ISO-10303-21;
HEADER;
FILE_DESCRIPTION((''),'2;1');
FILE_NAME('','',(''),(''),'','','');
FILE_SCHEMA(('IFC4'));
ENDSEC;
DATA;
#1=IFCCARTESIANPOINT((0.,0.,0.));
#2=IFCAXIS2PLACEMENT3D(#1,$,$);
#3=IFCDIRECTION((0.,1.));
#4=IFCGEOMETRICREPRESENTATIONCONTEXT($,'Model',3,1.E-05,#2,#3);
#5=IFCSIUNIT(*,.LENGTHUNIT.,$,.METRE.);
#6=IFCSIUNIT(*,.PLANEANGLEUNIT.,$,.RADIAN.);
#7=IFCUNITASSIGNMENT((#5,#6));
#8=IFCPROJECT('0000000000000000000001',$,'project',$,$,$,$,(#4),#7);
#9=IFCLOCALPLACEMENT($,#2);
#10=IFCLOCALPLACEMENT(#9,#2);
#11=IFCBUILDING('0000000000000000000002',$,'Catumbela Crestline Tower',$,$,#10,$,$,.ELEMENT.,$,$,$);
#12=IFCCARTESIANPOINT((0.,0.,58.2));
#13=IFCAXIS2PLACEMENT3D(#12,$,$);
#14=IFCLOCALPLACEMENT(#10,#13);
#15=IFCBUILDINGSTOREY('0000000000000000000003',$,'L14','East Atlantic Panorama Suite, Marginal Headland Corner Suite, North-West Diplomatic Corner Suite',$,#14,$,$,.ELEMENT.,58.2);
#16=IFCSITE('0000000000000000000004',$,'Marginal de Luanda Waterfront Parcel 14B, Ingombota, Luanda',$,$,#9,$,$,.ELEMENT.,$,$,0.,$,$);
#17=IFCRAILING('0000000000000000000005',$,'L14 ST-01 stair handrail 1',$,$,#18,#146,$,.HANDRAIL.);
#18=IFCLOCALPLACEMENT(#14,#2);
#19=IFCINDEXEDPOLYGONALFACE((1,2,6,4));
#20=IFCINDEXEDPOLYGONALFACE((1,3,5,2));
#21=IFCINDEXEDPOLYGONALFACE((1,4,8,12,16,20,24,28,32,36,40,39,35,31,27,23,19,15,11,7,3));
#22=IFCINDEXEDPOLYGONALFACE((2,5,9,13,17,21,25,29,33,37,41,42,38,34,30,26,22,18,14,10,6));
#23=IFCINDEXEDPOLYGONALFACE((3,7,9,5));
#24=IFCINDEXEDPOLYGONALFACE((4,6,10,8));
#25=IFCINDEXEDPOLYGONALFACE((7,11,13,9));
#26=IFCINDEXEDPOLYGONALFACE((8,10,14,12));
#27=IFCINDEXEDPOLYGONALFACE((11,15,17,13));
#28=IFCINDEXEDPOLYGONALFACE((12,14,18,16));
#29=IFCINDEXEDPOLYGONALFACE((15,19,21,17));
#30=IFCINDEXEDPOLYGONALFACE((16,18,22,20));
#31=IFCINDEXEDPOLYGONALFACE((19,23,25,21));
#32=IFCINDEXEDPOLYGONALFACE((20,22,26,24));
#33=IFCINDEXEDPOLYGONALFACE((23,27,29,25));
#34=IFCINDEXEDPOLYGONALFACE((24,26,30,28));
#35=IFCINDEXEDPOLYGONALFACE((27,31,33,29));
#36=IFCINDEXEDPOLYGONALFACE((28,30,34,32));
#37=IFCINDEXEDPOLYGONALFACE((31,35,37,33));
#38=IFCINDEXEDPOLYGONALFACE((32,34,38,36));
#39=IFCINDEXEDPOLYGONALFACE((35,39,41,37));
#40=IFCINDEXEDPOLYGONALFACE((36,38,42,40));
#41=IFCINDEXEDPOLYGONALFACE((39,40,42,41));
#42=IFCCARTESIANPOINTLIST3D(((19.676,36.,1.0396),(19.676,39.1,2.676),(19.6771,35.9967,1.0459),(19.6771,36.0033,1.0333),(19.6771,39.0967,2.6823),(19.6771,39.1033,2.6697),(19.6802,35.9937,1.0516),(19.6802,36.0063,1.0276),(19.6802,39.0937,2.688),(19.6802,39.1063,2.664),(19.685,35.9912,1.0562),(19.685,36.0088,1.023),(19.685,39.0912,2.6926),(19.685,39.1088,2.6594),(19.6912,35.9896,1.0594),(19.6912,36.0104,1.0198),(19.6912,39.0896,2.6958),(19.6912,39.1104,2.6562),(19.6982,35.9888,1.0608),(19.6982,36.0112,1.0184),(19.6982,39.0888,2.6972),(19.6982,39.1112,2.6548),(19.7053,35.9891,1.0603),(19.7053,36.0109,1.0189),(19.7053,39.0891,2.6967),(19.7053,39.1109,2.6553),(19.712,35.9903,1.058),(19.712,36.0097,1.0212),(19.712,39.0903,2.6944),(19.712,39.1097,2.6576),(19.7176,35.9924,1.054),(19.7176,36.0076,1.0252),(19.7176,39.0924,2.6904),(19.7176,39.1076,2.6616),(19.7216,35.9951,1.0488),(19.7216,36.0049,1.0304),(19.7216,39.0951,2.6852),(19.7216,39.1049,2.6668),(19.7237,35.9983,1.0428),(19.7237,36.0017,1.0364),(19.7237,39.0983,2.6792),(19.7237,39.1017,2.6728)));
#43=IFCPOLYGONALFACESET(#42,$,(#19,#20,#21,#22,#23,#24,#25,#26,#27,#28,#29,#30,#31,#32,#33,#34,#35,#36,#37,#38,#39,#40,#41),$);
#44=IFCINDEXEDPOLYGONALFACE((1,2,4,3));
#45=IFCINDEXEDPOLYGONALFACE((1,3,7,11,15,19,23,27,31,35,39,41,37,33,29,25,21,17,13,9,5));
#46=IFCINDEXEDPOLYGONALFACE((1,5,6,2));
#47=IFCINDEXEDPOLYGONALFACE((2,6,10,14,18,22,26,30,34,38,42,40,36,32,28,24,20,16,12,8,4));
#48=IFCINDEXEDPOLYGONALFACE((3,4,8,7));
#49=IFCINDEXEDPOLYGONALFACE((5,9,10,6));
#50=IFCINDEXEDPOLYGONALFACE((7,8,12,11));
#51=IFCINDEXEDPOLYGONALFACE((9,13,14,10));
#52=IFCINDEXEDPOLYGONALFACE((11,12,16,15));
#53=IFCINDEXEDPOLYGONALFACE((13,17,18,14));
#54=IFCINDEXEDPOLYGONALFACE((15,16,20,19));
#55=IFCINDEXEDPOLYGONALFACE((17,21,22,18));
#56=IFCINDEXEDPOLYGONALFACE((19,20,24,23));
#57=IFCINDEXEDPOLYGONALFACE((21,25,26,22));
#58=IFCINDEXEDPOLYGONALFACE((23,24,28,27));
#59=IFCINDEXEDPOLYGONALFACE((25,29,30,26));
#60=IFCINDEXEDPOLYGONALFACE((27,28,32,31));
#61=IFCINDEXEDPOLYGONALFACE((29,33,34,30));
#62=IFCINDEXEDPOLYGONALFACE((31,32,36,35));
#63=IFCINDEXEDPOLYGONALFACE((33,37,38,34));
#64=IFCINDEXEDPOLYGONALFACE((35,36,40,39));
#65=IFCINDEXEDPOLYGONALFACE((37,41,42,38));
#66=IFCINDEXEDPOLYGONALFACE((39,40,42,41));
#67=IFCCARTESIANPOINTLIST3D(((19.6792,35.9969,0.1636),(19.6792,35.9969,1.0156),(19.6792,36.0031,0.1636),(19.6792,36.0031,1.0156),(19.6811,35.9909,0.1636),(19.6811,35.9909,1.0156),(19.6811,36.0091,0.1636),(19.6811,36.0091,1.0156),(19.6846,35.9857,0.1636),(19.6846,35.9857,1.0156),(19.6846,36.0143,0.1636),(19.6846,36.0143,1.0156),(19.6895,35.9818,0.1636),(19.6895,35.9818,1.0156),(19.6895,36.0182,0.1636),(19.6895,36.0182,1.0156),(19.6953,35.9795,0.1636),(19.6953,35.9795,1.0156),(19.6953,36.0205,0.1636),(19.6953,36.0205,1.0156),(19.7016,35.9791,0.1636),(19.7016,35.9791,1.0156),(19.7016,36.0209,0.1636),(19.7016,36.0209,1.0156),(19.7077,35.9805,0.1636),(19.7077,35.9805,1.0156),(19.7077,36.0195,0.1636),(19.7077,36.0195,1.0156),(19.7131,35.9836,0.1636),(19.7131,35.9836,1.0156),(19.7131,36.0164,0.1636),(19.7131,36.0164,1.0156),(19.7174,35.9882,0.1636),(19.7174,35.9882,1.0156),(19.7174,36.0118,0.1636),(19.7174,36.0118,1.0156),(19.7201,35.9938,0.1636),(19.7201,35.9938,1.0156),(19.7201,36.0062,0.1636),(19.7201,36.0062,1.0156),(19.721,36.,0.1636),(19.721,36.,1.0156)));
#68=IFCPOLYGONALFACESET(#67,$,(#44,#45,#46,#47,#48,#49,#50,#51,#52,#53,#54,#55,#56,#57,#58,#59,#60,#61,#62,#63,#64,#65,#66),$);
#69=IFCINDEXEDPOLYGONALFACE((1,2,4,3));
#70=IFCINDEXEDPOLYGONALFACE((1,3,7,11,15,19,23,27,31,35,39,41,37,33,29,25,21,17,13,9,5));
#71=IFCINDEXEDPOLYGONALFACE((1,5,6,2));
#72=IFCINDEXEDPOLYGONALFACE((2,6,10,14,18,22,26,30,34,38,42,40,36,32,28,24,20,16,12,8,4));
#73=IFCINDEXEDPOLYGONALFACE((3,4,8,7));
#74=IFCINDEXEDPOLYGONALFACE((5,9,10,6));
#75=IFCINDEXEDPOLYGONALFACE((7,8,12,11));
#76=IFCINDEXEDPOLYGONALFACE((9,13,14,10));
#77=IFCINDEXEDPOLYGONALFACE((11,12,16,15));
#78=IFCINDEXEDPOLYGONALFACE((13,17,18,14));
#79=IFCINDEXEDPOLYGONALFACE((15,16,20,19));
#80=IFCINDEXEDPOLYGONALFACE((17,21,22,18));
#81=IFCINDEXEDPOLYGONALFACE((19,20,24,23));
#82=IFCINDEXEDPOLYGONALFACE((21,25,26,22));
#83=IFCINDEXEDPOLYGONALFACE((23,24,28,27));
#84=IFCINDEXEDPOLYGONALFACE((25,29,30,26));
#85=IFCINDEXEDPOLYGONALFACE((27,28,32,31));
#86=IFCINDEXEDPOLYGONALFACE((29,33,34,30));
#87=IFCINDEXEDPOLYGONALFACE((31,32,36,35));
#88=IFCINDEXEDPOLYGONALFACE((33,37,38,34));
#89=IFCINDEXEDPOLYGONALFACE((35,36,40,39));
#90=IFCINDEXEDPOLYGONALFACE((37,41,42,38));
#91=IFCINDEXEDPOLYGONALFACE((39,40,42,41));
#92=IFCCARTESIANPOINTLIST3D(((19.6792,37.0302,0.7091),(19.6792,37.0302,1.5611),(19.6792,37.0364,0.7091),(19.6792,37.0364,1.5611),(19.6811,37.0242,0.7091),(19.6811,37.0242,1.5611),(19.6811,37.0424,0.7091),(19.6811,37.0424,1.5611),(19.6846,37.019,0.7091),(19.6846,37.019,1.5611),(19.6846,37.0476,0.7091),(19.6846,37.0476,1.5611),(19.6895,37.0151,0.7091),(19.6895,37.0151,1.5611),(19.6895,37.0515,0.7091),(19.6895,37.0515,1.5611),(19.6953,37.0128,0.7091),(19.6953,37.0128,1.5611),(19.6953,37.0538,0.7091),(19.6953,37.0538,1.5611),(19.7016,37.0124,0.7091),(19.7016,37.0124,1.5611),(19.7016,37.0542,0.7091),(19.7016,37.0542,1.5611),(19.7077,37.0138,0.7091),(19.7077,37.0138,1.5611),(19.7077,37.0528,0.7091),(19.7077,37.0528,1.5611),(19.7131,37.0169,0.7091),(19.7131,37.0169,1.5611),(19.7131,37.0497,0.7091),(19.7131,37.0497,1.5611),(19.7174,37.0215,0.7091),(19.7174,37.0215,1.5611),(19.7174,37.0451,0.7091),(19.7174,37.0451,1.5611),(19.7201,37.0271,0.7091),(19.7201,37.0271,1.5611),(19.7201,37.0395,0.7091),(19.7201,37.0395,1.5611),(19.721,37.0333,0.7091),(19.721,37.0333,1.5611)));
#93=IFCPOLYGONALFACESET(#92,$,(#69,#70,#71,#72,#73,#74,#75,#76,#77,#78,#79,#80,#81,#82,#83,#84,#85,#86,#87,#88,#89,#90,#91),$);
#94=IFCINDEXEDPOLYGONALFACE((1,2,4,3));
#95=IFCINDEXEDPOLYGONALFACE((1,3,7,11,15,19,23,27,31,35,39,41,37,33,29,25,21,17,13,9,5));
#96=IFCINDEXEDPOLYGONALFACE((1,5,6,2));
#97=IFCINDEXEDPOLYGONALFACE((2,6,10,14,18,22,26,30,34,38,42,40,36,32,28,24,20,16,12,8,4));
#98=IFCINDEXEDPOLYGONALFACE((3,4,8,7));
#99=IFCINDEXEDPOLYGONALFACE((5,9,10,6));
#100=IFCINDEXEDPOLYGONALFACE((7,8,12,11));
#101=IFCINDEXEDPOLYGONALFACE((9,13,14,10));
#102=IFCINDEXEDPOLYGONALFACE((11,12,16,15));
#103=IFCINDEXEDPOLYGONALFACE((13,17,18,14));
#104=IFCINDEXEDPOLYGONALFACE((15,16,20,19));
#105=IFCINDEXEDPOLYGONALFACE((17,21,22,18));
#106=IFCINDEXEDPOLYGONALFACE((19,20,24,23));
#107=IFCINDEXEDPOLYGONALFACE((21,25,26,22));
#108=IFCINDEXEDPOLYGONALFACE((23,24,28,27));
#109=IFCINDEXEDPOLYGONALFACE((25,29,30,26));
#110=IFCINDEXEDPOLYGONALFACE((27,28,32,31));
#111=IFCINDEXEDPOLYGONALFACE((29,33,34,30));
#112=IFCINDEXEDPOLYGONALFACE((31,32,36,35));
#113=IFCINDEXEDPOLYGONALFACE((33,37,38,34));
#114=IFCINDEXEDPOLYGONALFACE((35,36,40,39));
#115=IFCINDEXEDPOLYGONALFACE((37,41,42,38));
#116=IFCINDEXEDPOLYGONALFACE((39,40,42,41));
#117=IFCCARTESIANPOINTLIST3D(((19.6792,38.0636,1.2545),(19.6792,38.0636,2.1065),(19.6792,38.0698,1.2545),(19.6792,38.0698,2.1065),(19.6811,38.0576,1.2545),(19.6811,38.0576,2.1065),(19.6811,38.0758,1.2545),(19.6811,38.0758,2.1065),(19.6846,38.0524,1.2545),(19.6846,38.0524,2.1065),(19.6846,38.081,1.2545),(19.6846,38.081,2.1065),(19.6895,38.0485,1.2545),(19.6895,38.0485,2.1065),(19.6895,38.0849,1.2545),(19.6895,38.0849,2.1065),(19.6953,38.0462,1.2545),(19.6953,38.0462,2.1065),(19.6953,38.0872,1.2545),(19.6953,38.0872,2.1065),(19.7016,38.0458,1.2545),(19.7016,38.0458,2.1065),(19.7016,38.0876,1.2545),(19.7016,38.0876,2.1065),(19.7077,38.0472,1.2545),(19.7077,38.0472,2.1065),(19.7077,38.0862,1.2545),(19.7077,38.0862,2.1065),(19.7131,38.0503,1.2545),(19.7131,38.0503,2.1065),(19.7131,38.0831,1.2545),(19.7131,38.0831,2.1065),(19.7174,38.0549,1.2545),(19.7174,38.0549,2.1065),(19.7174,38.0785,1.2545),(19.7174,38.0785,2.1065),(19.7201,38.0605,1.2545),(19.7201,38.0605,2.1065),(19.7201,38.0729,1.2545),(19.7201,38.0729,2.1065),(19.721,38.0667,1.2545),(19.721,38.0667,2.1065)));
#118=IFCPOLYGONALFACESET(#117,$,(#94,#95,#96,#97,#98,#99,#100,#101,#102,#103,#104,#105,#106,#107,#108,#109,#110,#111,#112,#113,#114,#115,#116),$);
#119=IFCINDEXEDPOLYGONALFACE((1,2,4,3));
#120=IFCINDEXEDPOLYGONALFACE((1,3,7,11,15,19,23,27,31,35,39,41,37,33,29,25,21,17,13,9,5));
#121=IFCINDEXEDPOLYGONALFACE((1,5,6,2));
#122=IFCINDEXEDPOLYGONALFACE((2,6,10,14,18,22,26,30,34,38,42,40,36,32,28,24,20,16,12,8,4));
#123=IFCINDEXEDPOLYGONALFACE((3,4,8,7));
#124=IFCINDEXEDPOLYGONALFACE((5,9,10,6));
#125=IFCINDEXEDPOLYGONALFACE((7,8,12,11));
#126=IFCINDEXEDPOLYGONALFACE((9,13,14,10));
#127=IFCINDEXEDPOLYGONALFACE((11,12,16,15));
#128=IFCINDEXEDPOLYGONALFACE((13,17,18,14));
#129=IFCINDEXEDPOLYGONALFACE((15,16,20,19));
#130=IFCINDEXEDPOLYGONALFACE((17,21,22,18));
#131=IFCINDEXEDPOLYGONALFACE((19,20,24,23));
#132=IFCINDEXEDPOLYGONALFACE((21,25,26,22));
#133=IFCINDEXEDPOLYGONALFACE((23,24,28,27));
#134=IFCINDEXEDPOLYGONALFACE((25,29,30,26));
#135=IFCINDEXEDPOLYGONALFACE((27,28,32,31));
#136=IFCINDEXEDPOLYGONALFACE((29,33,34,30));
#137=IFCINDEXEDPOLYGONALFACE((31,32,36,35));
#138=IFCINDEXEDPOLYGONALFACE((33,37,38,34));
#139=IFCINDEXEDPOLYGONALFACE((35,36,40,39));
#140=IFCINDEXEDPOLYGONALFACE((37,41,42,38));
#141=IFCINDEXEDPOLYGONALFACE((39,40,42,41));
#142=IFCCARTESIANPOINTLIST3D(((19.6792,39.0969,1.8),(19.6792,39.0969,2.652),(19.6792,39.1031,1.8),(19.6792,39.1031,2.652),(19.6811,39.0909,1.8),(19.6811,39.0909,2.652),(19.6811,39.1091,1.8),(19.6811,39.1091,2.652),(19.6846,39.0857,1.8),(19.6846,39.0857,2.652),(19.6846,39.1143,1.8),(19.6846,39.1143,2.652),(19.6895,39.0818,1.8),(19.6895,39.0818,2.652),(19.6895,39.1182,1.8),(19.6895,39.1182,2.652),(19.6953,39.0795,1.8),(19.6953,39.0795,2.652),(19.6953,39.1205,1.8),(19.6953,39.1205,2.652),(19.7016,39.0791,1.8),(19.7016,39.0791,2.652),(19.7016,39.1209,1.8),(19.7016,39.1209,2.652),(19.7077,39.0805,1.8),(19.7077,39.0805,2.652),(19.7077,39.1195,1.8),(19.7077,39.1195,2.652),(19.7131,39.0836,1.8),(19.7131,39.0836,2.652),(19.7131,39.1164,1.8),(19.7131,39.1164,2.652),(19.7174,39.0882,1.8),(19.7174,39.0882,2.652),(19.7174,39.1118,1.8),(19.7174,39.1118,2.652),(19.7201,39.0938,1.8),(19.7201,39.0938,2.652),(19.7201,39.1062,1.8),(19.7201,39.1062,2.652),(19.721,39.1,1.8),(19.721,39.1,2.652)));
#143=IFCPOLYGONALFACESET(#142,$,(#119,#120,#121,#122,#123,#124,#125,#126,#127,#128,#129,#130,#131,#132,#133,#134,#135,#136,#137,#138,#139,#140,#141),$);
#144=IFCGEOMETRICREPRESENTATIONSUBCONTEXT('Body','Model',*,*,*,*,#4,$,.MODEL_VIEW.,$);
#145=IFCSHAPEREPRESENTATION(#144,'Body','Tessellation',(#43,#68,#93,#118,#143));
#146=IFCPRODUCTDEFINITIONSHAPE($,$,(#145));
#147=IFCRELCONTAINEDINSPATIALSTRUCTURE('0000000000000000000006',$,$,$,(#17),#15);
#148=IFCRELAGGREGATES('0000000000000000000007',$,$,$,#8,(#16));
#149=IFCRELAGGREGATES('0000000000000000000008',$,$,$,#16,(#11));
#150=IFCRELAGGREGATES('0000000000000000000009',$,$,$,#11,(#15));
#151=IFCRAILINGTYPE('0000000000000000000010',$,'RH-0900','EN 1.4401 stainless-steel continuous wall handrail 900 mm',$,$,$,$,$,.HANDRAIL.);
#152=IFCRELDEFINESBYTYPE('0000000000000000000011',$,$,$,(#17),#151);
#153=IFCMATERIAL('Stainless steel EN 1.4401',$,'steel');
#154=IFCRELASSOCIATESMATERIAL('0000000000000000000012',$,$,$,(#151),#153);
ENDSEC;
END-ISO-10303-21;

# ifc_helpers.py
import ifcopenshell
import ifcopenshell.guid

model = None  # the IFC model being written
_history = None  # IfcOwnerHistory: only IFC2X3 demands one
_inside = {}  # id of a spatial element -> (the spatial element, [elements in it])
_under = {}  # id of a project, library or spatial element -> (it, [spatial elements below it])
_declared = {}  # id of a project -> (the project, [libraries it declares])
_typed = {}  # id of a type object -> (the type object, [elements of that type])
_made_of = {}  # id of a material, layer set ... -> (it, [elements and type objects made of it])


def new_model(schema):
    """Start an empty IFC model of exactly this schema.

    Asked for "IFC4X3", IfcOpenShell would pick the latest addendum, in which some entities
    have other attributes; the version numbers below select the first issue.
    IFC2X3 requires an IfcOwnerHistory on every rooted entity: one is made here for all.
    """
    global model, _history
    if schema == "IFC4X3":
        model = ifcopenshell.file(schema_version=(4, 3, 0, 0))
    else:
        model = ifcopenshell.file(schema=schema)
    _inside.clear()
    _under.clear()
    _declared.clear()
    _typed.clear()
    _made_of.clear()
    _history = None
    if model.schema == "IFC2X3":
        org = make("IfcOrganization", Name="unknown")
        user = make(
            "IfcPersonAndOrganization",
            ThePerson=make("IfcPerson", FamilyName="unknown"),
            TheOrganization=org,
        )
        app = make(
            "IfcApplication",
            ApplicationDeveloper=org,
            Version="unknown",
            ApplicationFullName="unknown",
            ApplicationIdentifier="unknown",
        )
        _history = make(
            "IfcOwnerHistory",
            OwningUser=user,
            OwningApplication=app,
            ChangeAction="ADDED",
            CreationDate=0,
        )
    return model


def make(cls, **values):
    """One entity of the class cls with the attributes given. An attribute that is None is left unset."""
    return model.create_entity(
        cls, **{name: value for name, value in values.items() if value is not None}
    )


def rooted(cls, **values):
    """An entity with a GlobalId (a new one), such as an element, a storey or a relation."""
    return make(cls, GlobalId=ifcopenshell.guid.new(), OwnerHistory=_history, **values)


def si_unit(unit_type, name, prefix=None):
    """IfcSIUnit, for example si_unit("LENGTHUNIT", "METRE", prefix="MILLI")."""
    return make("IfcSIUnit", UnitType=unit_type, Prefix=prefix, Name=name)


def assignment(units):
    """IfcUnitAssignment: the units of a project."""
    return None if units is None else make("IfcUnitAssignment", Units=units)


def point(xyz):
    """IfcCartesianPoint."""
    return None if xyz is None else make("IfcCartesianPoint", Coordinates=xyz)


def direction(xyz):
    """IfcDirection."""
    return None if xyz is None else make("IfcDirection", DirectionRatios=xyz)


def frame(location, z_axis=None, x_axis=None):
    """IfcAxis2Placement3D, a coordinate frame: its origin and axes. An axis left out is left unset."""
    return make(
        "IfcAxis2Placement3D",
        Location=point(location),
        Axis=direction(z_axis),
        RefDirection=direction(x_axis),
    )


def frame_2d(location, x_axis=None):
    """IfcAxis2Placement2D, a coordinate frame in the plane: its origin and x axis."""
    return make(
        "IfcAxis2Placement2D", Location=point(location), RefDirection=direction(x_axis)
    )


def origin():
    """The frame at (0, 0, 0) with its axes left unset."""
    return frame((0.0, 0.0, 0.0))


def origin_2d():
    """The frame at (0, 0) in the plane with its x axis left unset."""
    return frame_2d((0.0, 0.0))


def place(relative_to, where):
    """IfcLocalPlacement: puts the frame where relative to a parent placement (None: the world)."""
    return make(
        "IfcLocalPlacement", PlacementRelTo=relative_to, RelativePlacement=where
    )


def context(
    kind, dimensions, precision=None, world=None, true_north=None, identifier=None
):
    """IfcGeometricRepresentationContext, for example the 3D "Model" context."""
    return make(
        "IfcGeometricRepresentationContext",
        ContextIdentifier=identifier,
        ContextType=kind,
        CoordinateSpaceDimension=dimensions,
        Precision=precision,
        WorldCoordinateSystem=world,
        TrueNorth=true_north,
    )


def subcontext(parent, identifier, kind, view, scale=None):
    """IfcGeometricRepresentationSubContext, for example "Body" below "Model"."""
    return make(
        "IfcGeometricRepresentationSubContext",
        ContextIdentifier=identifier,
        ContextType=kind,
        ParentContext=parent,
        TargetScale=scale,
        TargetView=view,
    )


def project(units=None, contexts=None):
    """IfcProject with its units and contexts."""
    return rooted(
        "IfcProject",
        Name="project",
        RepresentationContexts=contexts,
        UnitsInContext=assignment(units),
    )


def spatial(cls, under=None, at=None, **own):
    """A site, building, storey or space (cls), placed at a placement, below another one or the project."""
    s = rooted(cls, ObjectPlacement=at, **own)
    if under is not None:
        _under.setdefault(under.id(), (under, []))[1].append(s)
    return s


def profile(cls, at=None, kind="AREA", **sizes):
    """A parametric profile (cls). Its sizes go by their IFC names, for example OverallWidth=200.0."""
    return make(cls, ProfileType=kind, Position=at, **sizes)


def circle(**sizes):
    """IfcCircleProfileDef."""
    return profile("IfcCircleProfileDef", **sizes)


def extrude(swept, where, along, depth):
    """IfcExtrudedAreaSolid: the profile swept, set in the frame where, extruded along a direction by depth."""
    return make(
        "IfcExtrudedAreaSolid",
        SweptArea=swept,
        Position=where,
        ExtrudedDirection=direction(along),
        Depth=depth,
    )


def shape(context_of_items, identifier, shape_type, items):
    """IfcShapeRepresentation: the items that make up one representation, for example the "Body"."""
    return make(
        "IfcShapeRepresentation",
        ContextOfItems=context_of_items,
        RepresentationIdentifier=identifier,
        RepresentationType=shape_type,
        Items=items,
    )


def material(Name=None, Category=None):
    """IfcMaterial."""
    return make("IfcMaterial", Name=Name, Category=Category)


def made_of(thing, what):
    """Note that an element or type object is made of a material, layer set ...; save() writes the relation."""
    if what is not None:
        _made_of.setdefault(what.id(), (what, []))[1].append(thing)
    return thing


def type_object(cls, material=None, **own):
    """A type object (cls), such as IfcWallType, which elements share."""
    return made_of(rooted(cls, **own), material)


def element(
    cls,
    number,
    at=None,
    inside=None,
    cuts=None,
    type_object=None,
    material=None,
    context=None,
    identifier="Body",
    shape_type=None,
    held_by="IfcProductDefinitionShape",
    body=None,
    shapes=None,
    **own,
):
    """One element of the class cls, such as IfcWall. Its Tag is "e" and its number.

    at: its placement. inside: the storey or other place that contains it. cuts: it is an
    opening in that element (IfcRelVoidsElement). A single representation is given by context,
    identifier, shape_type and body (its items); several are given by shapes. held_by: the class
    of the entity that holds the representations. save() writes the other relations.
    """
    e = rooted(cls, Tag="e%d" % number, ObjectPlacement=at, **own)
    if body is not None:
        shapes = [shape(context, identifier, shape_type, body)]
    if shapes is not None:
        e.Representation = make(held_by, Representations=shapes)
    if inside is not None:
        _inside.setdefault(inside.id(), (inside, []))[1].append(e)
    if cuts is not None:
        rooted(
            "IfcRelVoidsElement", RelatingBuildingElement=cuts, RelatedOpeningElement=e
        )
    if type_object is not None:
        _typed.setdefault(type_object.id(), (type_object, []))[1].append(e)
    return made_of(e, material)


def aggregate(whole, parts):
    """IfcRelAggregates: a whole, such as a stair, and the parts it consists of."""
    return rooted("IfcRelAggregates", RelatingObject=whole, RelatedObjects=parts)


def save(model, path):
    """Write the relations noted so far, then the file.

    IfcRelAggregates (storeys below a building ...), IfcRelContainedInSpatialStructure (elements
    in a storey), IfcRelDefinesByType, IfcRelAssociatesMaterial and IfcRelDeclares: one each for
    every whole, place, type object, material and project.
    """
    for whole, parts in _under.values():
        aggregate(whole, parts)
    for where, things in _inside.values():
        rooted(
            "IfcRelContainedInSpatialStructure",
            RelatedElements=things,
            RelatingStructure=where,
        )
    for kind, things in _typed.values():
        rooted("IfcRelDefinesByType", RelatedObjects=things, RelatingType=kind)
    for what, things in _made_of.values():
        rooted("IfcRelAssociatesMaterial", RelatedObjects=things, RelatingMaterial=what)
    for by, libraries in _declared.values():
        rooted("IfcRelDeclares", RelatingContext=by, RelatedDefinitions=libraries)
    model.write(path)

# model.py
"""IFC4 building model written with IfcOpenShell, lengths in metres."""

from ifc_helpers import new_model, si_unit, direction, frame, origin, origin_2d, place, context, subcontext, project, spatial, circle, extrude, material, type_object, element, save


model = new_model("IFC4")

# Units and contexts
model_context = context("Model", 3, precision=1e-05, world=origin(), true_north=direction((0.0, 1.0)))
body_context = subcontext(model_context, "Body", "Model", "MODEL_VIEW")
ifc_project = project(units=[si_unit("LENGTHUNIT", "METRE"), si_unit("PLANEANGLEUNIT", "RADIAN")], contexts=[model_context])

# Site, building, storey
site_placement = place(None, origin())
site = spatial("IfcSite", under=ifc_project, at=site_placement, Name="Marginal de Luanda Waterfront Parcel 14B, Ingombota, Luanda", CompositionType="ELEMENT", RefElevation=0.0)
building_placement = place(site_placement, origin())
building = spatial("IfcBuilding", under=site, at=building_placement, Name="Catumbela Crestline Tower", CompositionType="ELEMENT")
storey_placement = place(building_placement, frame((0.0, 0.0, 58.2)))
storey = spatial("IfcBuildingStorey", under=building, at=storey_placement, Name="L14", Description="East Atlantic Panorama Suite, Marginal Headland Corner Suite, North-West Diplomatic Corner Suite", CompositionType="ELEMENT", Elevation=58.2)

# Railing
ifc_material_1 = material(Name="Stainless steel EN 1.4401", Category="steel")
railing_type_1 = type_object("IfcRailingType", Name="RH-0900", Description="EN 1.4401 stainless-steel continuous wall handrail 900 mm", PredefinedType="HANDRAIL", material=ifc_material_1)
railing_1_placement = place(storey_placement, frame((19.7, 36.0, 0.1636)))
element("IfcRailing", 1, at=railing_1_placement, inside=storey, type_object=railing_type_1, Name="L14 ST-01 stair handrail 1", PredefinedType="HANDRAIL", context=body_context, shape_type="SweptSolid", body=[
    extrude(circle(Radius=0.024, at=origin_2d()), frame((0.0, 0.0, 0.876), z_axis=(0.0, 0.884351, 0.466823), x_axis=(-1.0, 0.0, 0.0)), (0.0, 0.0, 1.0), 3.5054),
    extrude(circle(Radius=0.021, at=origin_2d()), origin(), (0.0, 0.0, 1.0), 0.852),
    extrude(circle(Radius=0.021, at=origin_2d()), frame((0.0, 1.0333, 0.5455)), (0.0, 0.0, 1.0), 0.852),
    extrude(circle(Radius=0.021, at=origin_2d()), frame((0.0, 2.0667, 1.0909)), (0.0, 0.0, 1.0), 0.852),
    extrude(circle(Radius=0.021, at=origin_2d()), frame((0.0, 3.1, 1.6364)), (0.0, 0.0, 1.0), 0.852),
])

save(model, "model.ifc")
